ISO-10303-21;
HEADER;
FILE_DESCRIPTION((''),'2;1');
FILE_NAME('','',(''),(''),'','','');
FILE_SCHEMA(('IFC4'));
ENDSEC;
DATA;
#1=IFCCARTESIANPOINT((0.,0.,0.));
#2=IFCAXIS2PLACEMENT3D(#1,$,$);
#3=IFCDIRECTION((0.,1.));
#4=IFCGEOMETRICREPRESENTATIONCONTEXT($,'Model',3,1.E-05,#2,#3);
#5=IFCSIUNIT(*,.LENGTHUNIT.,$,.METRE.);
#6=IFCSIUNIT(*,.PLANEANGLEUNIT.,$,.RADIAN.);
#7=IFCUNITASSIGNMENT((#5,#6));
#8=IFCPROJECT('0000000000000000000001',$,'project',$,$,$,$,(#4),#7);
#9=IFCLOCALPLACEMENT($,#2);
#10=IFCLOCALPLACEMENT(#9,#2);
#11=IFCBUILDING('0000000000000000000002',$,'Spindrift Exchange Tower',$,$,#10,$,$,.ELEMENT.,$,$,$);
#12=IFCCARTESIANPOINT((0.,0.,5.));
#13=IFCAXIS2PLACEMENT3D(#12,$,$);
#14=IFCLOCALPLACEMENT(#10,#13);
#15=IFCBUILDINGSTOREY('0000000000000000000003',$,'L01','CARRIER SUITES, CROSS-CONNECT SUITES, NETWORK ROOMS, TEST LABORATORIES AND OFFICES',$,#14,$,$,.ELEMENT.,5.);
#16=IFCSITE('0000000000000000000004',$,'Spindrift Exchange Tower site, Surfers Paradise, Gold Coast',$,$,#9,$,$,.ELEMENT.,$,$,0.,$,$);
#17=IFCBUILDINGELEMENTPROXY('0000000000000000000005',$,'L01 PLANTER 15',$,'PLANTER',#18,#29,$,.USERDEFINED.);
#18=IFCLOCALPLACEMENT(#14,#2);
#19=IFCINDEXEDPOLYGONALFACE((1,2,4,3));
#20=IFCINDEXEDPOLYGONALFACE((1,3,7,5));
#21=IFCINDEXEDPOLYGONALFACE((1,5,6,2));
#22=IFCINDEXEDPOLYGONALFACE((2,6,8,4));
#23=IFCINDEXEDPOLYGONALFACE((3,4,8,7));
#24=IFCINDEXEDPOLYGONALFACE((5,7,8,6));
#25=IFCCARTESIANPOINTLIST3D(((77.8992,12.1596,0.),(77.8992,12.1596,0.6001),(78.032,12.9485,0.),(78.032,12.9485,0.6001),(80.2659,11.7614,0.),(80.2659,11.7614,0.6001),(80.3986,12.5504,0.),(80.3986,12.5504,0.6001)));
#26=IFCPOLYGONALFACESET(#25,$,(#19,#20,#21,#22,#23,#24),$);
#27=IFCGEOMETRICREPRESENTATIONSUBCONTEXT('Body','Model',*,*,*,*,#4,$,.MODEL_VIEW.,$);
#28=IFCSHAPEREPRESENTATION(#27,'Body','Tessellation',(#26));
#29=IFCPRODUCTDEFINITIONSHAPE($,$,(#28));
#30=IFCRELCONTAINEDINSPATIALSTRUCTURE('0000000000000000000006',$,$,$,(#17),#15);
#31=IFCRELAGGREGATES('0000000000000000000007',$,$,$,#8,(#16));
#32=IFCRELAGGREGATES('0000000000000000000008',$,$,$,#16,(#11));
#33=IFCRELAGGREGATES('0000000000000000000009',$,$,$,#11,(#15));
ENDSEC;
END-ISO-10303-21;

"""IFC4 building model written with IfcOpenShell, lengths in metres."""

from ifc_helpers import new_model, si_unit, direction, frame, origin, origin_2d, place, context, subcontext, project, spatial, rectangle, extrude, source, transform, mapped, element, save


model = new_model("IFC4")

# Units and contexts
model_context = context("Model", 3, precision=1e-05, world=origin(), true_north=direction((0.0, 1.0)))
body_context = subcontext(model_context, "Body", "Model", "MODEL_VIEW")
ifc_project = project(units=[si_unit("LENGTHUNIT", "METRE"), si_unit("PLANEANGLEUNIT", "RADIAN")], contexts=[model_context])

# Site, building, storey
site_placement = place(None, origin())
site = spatial("IfcSite", under=ifc_project, at=site_placement, Name="Spindrift Exchange Tower site, Surfers Paradise, Gold Coast", CompositionType="ELEMENT", RefElevation=0.0)
building_placement = place(site_placement, origin())
building = spatial("IfcBuilding", under=site, at=building_placement, Name="Spindrift Exchange Tower", CompositionType="ELEMENT")
storey_placement = place(building_placement, frame((0.0, 0.0, 5.0)))
storey = spatial("IfcBuildingStorey", under=building, at=storey_placement, Name="L01", Description="CARRIER SUITES, CROSS-CONNECT SUITES, NETWORK ROOMS, TEST LABORATORIES AND OFFICES", CompositionType="ELEMENT", Elevation=5.0)

# Building element proxy
shared_shape_1 = source(origin(), body_context, "Body", "SweptSolid", [
    extrude(rectangle(XDim=2.3999, YDim=0.8, at=origin_2d()), origin(), (0.0, 0.0, 1.0), 0.6001),
])
proxy_placement = place(storey_placement, frame((79.1489, 12.355, 0.0), z_axis=(0.0, 0.0, 1.0), x_axis=(-0.986144, 0.165889, 0.0)))
element("IfcBuildingElementProxy", 1, at=proxy_placement, inside=storey, Name="L01 PLANTER 15", ObjectType="PLANTER", PredefinedType="USERDEFINED", context=body_context, shape_type="MappedRepresentation", body=[
    mapped(shared_shape_1, transform((0.0, 0.0, 0.0), scale=1.0)),
])

save(model, "model.ifc")
